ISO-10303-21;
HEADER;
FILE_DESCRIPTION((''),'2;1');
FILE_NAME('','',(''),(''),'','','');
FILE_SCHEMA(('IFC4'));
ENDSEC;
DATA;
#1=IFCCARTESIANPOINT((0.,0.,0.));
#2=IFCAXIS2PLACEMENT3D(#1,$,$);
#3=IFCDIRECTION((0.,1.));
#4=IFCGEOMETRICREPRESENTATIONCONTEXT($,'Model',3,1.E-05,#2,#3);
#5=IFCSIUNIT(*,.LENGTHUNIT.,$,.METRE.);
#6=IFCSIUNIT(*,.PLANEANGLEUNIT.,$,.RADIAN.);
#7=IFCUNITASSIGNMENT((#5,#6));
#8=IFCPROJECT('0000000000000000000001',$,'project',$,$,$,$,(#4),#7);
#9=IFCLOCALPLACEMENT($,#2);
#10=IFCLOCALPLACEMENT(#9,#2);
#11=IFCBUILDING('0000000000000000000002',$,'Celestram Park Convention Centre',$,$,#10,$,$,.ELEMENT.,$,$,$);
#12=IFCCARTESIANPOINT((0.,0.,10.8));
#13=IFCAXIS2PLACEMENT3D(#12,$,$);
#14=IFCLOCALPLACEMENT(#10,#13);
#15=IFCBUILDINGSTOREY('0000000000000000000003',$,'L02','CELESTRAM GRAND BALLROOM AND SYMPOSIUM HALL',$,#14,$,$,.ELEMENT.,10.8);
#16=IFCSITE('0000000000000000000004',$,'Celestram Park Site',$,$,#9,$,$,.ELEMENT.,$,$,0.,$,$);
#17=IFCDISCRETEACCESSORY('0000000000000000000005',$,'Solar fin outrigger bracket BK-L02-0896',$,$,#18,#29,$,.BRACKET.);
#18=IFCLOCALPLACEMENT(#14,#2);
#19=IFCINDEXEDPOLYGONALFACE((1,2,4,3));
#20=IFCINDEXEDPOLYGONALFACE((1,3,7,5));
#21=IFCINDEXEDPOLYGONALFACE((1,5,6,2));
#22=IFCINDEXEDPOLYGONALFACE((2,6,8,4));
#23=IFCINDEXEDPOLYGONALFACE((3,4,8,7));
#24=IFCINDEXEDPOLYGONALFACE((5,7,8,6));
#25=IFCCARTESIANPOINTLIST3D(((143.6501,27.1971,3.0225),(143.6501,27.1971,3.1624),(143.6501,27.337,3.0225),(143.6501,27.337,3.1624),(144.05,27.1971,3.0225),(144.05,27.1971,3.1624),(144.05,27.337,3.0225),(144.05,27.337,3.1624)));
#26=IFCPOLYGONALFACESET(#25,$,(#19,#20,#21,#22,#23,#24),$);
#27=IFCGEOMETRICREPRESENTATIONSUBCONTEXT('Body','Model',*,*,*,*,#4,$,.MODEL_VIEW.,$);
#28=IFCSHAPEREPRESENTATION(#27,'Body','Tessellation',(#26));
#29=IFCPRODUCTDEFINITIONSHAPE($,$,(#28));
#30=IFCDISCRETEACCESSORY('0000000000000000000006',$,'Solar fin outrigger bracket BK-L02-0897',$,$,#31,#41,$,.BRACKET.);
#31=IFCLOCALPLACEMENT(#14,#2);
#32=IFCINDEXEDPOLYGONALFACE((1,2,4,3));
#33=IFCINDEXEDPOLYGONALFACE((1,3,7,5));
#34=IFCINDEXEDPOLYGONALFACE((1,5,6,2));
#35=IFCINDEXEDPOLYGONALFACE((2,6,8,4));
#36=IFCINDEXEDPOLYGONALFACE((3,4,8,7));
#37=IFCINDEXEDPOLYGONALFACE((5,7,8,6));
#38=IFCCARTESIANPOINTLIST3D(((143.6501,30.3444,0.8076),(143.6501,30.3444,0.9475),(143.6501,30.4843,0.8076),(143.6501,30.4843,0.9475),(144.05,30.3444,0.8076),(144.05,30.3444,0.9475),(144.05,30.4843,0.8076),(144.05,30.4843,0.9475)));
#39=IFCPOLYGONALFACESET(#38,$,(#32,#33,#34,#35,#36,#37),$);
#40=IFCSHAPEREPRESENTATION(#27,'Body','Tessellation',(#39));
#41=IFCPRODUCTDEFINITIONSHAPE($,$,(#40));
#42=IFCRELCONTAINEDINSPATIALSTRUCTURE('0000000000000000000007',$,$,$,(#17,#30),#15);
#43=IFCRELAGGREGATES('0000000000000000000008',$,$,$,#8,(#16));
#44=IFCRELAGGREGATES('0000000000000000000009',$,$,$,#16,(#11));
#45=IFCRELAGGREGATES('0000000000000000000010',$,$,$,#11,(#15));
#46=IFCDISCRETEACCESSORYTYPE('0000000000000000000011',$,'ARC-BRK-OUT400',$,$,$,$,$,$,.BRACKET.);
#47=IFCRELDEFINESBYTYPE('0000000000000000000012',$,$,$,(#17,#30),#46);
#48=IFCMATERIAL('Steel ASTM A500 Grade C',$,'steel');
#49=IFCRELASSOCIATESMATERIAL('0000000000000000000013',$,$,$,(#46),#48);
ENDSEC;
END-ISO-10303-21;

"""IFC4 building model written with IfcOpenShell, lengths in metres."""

from ifc_helpers import new_model, si_unit, direction, frame, origin, origin_2d, place, context, subcontext, project, spatial, rectangle, extrude, material, type_object, element, save


model = new_model("IFC4")

# Units and contexts
model_context = context("Model", 3, precision=1e-05, world=origin(), true_north=direction((0.0, 1.0)))
body_context = subcontext(model_context, "Body", "Model", "MODEL_VIEW")
ifc_project = project(units=[si_unit("LENGTHUNIT", "METRE"), si_unit("PLANEANGLEUNIT", "RADIAN")], contexts=[model_context])

# Site, building, storey
site_placement = place(None, origin())
site = spatial("IfcSite", under=ifc_project, at=site_placement, Name="Celestram Park Site", CompositionType="ELEMENT", RefElevation=0.0)
building_placement = place(site_placement, origin())
building = spatial("IfcBuilding", under=site, at=building_placement, Name="Celestram Park Convention Centre", CompositionType="ELEMENT")
storey_placement = place(building_placement, frame((0.0, 0.0, 10.8)))
storey = spatial("IfcBuildingStorey", under=building, at=storey_placement, Name="L02", Description="CELESTRAM GRAND BALLROOM AND SYMPOSIUM HALL", CompositionType="ELEMENT", Elevation=10.8)

# Discrete accessories
ifc_material_1 = material(Name="Steel ASTM A500 Grade C", Category="steel")
discrete_accessory_type = type_object("IfcDiscreteAccessoryType", Name="ARC-BRK-OUT400", PredefinedType="BRACKET", material=ifc_material_1)
for number, where, z_axis, x_axis, name in (
    (1, (143.8501, 27.2671, 3.0225), (0.0, 0.0, 1.0), (-1.0, 0.0, 0.0), "Solar fin outrigger bracket BK-L02-0896"),
    (2, (143.8501, 30.4143, 0.8076), (0.0, 0.0, 1.0), (-1.0, 0.0, 0.0), "Solar fin outrigger bracket BK-L02-0897"),
):
    element("IfcDiscreteAccessory", number, at=place(storey_placement, frame(where, z_axis=z_axis, x_axis=x_axis)), inside=storey, type_object=discrete_accessory_type, Name=name, PredefinedType="BRACKET", context=body_context, shape_type="SweptSolid", body=[
        extrude(rectangle(XDim=0.3999, YDim=0.1399, at=origin_2d()), origin(), (0.0, 0.0, 1.0), 0.1399),
    ])

save(model, "model.ifc")
